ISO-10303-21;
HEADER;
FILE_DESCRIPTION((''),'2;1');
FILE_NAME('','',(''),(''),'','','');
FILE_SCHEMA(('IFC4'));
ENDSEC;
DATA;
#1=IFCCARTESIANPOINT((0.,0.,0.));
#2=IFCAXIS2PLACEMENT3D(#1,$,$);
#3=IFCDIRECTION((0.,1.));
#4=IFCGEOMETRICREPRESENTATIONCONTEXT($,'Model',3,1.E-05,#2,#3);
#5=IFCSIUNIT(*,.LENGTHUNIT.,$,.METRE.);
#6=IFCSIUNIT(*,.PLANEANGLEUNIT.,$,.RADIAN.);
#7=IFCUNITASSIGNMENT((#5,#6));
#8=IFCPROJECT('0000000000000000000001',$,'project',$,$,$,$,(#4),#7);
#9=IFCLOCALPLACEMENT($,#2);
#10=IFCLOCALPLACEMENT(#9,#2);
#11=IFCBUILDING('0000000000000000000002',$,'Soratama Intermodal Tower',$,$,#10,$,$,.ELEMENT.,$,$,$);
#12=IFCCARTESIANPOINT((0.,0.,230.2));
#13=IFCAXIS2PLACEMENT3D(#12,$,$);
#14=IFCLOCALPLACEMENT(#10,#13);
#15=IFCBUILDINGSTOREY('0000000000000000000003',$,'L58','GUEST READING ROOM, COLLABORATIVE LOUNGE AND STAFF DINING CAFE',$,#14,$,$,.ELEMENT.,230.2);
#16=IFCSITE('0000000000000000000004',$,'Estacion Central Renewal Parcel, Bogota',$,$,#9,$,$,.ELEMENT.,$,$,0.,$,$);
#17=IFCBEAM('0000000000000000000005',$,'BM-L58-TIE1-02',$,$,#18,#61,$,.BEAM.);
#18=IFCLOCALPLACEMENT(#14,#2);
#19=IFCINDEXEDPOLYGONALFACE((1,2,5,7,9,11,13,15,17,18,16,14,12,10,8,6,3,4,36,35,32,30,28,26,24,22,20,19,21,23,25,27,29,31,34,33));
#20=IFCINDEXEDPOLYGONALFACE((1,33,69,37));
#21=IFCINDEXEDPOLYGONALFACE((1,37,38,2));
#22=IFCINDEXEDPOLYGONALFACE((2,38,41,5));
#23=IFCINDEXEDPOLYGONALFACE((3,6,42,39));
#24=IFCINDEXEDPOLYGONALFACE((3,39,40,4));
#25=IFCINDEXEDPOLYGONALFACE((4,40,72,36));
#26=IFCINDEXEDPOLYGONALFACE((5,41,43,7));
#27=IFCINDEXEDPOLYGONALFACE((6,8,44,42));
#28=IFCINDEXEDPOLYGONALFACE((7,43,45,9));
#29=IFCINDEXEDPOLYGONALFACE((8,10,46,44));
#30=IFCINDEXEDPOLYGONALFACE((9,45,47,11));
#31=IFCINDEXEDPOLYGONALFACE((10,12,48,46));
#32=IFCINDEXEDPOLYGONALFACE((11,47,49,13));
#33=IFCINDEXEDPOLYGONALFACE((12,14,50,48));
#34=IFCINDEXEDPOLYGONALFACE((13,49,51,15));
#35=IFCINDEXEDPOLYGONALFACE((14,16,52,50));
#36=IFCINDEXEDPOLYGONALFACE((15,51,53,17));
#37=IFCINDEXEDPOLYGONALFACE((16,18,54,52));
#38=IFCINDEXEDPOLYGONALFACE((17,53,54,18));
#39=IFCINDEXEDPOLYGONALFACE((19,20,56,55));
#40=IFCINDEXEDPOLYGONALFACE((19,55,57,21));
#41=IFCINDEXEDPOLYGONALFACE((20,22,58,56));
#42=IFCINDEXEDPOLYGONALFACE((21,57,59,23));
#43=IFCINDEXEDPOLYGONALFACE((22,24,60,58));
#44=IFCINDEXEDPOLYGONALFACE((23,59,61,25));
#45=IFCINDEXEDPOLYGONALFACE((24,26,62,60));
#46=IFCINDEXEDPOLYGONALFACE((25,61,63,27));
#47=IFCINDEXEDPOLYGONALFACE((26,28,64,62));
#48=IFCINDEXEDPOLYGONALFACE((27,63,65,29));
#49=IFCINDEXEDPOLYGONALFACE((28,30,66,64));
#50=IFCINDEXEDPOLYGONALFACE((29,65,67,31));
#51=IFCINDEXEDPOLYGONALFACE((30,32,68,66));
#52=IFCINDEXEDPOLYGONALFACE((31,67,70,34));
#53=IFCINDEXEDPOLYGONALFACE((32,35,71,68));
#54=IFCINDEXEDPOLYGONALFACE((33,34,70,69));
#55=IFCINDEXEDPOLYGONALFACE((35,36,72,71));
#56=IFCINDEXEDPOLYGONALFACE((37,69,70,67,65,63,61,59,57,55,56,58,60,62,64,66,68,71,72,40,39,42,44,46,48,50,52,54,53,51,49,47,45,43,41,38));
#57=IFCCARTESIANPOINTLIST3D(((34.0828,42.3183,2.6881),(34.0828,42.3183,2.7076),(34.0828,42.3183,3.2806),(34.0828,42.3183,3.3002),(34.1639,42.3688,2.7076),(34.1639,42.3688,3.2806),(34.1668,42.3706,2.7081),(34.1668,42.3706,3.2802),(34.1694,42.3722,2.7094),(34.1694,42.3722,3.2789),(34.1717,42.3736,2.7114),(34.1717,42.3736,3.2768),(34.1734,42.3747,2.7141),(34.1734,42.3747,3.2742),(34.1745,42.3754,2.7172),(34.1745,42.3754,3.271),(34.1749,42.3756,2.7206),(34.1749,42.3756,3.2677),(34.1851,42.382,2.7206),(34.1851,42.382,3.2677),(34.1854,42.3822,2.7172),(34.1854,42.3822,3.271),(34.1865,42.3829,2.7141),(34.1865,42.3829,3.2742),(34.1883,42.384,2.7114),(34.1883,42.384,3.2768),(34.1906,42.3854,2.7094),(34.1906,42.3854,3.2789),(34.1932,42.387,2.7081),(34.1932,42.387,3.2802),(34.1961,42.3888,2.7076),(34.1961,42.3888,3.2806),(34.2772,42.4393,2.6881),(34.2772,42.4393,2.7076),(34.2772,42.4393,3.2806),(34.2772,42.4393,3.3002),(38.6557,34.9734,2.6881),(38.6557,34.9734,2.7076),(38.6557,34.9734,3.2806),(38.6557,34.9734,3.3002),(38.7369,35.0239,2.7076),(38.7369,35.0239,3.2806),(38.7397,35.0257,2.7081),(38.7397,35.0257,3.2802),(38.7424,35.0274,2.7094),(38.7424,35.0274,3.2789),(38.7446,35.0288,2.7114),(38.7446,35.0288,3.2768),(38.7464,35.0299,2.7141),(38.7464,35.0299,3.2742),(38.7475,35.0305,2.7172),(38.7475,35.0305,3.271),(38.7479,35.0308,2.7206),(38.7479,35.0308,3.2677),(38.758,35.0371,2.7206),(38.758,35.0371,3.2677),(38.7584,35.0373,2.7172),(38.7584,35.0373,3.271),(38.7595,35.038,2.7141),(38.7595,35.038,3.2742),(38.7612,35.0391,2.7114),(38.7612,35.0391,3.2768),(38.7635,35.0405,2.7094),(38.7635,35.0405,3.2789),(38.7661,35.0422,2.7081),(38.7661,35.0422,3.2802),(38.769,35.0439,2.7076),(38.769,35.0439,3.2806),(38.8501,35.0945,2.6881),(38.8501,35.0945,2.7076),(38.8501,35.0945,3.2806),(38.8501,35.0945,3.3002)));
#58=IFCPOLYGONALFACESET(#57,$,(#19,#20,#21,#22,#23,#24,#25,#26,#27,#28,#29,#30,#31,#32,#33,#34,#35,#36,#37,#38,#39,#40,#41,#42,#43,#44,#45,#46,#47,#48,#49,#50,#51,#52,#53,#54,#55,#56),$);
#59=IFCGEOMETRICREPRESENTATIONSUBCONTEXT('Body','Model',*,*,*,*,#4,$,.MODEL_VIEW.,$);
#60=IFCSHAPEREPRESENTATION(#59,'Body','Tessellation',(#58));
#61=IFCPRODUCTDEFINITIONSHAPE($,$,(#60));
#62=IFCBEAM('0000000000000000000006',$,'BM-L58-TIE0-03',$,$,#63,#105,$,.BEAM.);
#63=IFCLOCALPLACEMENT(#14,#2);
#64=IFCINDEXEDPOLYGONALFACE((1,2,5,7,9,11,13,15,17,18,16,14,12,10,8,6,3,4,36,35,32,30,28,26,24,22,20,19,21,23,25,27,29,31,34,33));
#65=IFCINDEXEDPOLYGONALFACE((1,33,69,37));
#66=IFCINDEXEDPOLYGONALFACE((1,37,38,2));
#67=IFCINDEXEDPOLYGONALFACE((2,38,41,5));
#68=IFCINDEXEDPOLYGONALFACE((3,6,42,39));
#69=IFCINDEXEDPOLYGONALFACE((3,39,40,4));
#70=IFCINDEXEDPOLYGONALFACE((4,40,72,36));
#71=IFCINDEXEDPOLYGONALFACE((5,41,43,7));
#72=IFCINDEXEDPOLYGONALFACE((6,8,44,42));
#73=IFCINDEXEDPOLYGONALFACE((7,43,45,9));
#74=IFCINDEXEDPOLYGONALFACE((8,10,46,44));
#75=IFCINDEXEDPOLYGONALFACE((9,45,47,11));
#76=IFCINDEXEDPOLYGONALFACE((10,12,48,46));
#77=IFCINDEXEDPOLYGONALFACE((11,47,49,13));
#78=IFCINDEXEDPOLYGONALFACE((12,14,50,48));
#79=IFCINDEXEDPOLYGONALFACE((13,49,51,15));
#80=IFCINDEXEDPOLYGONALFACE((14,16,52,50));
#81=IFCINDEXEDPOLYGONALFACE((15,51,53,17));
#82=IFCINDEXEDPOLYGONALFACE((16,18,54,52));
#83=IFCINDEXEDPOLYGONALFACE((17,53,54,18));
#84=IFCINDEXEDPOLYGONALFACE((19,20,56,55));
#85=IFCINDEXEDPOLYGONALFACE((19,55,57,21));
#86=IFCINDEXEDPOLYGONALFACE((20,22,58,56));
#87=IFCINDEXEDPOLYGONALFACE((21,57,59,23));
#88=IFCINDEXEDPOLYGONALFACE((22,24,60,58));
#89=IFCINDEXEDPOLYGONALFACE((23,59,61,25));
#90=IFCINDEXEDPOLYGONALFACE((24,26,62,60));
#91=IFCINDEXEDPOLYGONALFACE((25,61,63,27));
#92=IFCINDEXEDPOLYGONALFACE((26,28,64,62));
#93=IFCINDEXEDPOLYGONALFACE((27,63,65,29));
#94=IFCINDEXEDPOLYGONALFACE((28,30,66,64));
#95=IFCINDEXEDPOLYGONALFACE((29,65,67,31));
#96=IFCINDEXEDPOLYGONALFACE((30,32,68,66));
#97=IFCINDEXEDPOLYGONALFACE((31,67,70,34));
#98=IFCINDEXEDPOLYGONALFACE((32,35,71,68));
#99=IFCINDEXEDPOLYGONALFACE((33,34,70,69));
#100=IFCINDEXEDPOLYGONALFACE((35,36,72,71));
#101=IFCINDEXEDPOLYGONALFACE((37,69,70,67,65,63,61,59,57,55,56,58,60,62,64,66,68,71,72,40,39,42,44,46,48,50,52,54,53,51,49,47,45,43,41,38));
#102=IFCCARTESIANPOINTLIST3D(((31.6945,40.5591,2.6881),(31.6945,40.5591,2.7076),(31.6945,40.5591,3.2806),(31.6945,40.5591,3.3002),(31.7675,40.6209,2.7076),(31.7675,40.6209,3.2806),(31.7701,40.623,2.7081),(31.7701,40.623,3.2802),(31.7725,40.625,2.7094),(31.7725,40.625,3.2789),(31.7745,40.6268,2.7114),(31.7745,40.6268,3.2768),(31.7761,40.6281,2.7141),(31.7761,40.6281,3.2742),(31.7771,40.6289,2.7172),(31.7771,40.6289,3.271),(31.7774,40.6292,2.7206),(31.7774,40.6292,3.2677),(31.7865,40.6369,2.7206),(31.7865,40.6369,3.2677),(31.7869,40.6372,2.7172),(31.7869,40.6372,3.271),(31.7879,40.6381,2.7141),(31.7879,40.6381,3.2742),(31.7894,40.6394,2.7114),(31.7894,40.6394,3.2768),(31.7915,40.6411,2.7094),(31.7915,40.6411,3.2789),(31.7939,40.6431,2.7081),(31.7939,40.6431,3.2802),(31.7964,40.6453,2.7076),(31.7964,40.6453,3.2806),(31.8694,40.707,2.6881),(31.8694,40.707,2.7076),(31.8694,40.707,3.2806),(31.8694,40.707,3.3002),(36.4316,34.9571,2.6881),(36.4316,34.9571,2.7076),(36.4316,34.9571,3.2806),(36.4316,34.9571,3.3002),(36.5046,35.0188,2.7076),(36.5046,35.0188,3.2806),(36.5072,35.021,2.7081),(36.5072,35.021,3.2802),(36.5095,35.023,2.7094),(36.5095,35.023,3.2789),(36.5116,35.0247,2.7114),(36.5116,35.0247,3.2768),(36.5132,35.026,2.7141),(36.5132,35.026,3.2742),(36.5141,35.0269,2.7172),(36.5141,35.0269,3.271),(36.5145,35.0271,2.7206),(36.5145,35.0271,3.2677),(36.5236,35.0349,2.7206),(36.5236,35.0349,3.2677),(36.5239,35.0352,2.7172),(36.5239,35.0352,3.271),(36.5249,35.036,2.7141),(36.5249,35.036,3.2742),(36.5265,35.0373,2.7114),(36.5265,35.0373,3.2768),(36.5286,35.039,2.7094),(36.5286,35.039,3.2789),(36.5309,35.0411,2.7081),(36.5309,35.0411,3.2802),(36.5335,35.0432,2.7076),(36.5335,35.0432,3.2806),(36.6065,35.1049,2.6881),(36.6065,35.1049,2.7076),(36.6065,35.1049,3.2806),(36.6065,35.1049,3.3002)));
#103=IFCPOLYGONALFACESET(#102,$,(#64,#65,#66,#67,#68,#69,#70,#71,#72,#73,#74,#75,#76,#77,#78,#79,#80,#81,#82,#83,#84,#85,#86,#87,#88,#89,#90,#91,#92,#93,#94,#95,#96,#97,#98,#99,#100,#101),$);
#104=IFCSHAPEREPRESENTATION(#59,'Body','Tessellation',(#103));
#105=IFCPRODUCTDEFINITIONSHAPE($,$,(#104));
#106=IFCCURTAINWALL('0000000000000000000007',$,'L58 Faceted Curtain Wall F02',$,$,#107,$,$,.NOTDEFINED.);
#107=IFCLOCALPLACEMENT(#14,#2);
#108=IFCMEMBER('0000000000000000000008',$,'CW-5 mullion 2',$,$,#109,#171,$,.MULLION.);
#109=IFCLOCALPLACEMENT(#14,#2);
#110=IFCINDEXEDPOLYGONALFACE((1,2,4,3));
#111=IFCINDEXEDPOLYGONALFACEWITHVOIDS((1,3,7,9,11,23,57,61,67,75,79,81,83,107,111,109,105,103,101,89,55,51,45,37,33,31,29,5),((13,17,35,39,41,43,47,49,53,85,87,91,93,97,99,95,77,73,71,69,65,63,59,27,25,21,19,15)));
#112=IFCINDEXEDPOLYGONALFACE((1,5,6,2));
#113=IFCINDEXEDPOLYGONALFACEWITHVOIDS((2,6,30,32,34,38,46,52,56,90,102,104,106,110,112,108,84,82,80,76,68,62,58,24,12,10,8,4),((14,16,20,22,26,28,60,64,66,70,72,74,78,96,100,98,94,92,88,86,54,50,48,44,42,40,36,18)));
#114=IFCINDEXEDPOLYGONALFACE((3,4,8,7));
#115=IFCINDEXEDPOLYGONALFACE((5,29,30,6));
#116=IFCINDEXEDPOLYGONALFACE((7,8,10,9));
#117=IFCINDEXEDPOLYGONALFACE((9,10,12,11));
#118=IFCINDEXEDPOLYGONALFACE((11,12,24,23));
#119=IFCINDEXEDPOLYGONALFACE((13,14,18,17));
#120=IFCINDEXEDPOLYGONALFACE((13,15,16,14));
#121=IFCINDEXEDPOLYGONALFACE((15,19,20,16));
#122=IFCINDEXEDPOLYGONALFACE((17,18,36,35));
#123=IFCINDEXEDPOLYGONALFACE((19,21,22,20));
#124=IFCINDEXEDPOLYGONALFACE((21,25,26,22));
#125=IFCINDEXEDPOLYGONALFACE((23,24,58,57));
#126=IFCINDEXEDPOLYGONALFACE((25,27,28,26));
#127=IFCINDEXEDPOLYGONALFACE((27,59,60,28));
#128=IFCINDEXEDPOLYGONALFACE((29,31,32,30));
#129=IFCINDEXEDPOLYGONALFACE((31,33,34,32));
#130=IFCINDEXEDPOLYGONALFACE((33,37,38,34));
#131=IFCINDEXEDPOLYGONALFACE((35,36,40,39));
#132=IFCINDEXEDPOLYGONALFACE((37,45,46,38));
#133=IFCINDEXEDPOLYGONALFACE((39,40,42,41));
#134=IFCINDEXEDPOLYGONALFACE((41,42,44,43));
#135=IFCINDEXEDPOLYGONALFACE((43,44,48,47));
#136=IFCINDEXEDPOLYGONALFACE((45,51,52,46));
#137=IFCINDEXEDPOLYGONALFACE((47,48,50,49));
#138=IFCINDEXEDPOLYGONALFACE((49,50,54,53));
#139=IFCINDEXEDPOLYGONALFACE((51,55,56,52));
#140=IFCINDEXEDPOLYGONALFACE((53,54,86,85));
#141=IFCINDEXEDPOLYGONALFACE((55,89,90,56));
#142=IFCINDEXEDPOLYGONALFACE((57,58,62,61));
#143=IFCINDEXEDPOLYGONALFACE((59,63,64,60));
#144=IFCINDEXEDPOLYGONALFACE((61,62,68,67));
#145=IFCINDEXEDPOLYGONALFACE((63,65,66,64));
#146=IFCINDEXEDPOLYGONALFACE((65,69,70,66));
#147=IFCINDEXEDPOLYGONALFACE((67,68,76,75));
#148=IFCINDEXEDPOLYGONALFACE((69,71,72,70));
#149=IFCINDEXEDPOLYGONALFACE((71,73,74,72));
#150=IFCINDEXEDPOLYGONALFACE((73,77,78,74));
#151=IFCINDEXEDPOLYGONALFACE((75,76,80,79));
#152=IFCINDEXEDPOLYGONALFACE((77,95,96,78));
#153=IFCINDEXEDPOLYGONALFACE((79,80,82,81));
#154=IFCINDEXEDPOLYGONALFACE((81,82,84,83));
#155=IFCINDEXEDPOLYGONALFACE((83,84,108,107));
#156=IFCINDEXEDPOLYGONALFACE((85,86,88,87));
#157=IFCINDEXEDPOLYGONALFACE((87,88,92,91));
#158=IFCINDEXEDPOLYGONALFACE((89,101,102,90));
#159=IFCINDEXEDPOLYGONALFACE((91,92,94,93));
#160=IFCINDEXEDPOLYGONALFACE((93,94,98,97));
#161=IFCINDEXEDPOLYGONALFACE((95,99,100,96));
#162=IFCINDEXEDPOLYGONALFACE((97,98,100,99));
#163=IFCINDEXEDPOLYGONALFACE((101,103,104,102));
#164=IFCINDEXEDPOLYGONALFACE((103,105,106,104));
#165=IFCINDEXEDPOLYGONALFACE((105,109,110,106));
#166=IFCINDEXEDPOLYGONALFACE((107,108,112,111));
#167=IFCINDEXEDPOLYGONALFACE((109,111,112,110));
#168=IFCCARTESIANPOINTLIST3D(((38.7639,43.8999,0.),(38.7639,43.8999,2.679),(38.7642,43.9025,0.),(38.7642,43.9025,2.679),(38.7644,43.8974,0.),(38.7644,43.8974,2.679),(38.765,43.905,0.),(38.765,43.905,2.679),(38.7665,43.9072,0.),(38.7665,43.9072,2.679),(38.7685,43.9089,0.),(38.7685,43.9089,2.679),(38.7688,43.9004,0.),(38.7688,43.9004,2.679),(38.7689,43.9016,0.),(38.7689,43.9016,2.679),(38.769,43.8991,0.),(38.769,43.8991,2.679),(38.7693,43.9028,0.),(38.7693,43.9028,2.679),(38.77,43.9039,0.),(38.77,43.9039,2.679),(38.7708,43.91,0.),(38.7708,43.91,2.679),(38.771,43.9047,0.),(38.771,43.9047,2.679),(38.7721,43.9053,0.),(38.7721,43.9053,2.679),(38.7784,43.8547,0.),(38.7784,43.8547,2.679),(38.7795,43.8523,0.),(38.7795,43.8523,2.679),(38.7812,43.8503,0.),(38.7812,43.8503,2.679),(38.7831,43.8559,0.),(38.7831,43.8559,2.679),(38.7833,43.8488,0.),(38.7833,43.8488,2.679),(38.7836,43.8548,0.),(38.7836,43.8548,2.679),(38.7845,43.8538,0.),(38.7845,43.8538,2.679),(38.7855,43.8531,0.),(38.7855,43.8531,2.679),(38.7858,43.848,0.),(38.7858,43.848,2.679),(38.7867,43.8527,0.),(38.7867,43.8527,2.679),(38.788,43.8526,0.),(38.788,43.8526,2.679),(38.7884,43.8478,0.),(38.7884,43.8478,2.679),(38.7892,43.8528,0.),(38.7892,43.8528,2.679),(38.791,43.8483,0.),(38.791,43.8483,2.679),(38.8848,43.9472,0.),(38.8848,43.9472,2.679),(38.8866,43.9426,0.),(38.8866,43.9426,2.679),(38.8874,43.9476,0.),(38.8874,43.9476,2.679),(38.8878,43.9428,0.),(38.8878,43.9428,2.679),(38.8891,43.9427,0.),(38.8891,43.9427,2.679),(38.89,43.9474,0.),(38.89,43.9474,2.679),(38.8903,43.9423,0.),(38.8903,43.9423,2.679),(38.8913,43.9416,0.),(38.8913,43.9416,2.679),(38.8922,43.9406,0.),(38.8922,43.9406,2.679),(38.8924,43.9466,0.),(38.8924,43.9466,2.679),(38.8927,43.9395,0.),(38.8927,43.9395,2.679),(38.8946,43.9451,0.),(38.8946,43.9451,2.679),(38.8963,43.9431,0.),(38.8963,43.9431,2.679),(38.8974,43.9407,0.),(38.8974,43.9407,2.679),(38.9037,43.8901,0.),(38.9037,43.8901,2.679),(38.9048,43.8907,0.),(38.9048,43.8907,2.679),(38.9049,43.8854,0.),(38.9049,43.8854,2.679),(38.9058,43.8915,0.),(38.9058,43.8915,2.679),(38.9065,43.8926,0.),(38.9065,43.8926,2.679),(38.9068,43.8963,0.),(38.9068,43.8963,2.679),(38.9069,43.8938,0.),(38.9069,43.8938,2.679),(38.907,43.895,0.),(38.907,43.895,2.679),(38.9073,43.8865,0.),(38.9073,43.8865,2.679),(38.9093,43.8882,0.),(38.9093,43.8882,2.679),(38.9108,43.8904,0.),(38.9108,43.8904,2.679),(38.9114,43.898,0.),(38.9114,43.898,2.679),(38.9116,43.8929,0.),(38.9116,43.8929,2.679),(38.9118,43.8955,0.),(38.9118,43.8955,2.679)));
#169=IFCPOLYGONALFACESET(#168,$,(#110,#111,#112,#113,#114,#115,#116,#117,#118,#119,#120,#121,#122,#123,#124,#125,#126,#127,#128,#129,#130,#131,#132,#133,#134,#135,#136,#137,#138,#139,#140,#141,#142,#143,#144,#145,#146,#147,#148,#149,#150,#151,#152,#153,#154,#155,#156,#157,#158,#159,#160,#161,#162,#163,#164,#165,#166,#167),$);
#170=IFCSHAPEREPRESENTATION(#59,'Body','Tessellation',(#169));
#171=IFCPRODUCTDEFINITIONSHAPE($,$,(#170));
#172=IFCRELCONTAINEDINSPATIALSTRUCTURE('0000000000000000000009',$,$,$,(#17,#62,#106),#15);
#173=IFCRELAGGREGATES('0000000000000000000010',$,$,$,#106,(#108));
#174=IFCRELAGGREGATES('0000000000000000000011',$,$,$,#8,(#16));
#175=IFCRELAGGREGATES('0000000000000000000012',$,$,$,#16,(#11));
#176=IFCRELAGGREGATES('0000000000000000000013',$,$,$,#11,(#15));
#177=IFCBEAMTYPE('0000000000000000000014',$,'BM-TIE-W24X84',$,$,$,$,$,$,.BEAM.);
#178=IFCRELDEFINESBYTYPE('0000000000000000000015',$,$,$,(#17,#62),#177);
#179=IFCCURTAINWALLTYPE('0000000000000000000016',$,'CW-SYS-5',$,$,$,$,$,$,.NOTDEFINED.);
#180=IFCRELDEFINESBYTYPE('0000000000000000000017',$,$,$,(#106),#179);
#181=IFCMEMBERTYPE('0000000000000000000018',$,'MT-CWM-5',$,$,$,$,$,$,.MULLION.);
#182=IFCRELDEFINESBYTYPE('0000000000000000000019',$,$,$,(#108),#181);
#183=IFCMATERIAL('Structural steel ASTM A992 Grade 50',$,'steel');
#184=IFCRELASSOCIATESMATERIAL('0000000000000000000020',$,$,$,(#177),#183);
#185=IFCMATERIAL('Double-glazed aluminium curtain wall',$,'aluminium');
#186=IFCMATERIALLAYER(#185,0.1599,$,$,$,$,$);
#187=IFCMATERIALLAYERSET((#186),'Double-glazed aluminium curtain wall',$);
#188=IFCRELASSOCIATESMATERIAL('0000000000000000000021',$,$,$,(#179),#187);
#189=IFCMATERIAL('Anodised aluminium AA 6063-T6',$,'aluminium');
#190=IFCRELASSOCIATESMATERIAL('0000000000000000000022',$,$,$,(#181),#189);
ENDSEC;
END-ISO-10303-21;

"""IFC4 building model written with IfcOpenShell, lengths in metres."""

from ifc_helpers import new_model, si_unit, direction, frame, origin, origin_2d, place, context, subcontext, project, spatial, hollow_rectangle, i_section, extrude, material, layer, layer_set, material_profile, profile_set, type_object, element, aggregate, save


model = new_model("IFC4")

# Units and contexts
model_context = context("Model", 3, precision=1e-05, world=origin(), true_north=direction((0.0, 1.0)))
body_context = subcontext(model_context, "Body", "Model", "MODEL_VIEW")
ifc_project = project(units=[si_unit("LENGTHUNIT", "METRE"), si_unit("PLANEANGLEUNIT", "RADIAN")], contexts=[model_context])

# Site, building, storey
site_placement = place(None, origin())
site = spatial("IfcSite", under=ifc_project, at=site_placement, Name="Estacion Central Renewal Parcel, Bogota", CompositionType="ELEMENT", RefElevation=0.0)
building_placement = place(site_placement, origin())
building = spatial("IfcBuilding", under=site, at=building_placement, Name="Soratama Intermodal Tower", CompositionType="ELEMENT")
storey_placement = place(building_placement, frame((0.0, 0.0, 230.2)))
storey = spatial("IfcBuildingStorey", under=building, at=storey_placement, Name="L58", Description="GUEST READING ROOM, COLLABORATIVE LOUNGE AND STAFF DINING CAFE", CompositionType="ELEMENT", Elevation=230.2)

# Beams
ifc_material_1 = material(Name="Structural steel ASTM A992 Grade 50", Category="steel")
ifc_material_profile_1 = material_profile(ifc_material_1, i_section(OverallWidth=0.229, OverallDepth=0.6121, WebThickness=0.012, FlangeThickness=0.0195, FilletRadius=0.0129, at=origin_2d()), Name="W24X84")
ifc_profile_set_1 = profile_set([ifc_material_profile_1], Name="Structural steel ASTM A992 Grade 50")
beam_type_1 = type_object("IfcBeamType", Name="BM-TIE-W24X84", PredefinedType="BEAM", material=ifc_profile_set_1)
beam_1_placement = place(storey_placement, frame((38.7529, 35.0339, 2.9941), z_axis=(-0.528535, 0.848912, 0.0), x_axis=(-0.848912, -0.528535, 0.0)))
element("IfcBeam", 1, at=beam_1_placement, inside=storey, type_object=beam_type_1, Name="BM-L58-TIE1-02", PredefinedType="BEAM", context=body_context, shape_type="SweptSolid", body=[
    extrude(i_section(OverallWidth=0.229, OverallDepth=0.6121, WebThickness=0.012, FlangeThickness=0.0195, FilletRadius=0.0129, at=origin_2d()), origin(), (0.0, 0.0, 1.0), 8.6521),
])
beam_2_placement = place(storey_placement, frame((36.519, 35.031, 2.9941), z_axis=(-0.645693, 0.763597, 0.0), x_axis=(-0.763597, -0.645693, 0.0)))
element("IfcBeam", 2, at=beam_2_placement, inside=storey, type_object=beam_type_1, Name="BM-L58-TIE0-03", PredefinedType="BEAM", context=body_context, shape_type="SweptSolid", body=[
    extrude(i_section(OverallWidth=0.229, OverallDepth=0.6121, WebThickness=0.012, FlangeThickness=0.0195, FilletRadius=0.0129, at=origin_2d()), origin(), (0.0, 0.0, 1.0), 7.3364),
])

# Curtain wall, member
ifc_material_2 = material(Name="Double-glazed aluminium curtain wall", Category="aluminium")
ifc_layer_1 = layer(ifc_material_2, 0.1599)
ifc_layer_set_1 = layer_set([ifc_layer_1], Name="Double-glazed aluminium curtain wall")
curtain_wall_type = type_object("IfcCurtainWallType", Name="CW-SYS-5", PredefinedType="NOTDEFINED", material=ifc_layer_set_1)
curtain_wall_placement = place(storey_placement, origin())
curtain_wall = element("IfcCurtainWall", 3, at=curtain_wall_placement, inside=storey, type_object=curtain_wall_type, Name="L58 Faceted Curtain Wall F02", PredefinedType="NOTDEFINED")
ifc_material_3 = material(Name="Anodised aluminium AA 6063-T6", Category="aluminium")
ifc_material_profile_2 = material_profile(ifc_material_3, hollow_rectangle(XDim=0.0649, YDim=0.1399, WallThickness=0.0049, InnerFilletRadius=0.0049, OuterFilletRadius=0.01, at=origin_2d()), Name="CWM140X65X5")
ifc_profile_set_2 = profile_set([ifc_material_profile_2], Name="Anodised aluminium AA 6063-T6")
member_type_1 = type_object("IfcMemberType", Name="MT-CWM-5", PredefinedType="MULLION", material=ifc_profile_set_2)
member_1_placement = place(storey_placement, frame((38.8379, 43.8977, 0.0), z_axis=(0.0, 0.0, 1.0), x_axis=(0.310014, -0.950732, 0.0)))
member_1 = element("IfcMember", 4, at=member_1_placement, type_object=member_type_1, Name="CW-5 mullion 2", PredefinedType="MULLION", context=body_context, shape_type="SweptSolid", body=[
    extrude(hollow_rectangle(XDim=0.0649, YDim=0.1399, WallThickness=0.0049, InnerFilletRadius=0.0049, OuterFilletRadius=0.01, at=origin_2d()), origin(), (0.0, 0.0, 1.0), 2.679),
])
aggregate(curtain_wall, [member_1])

save(model, "model.ifc")
